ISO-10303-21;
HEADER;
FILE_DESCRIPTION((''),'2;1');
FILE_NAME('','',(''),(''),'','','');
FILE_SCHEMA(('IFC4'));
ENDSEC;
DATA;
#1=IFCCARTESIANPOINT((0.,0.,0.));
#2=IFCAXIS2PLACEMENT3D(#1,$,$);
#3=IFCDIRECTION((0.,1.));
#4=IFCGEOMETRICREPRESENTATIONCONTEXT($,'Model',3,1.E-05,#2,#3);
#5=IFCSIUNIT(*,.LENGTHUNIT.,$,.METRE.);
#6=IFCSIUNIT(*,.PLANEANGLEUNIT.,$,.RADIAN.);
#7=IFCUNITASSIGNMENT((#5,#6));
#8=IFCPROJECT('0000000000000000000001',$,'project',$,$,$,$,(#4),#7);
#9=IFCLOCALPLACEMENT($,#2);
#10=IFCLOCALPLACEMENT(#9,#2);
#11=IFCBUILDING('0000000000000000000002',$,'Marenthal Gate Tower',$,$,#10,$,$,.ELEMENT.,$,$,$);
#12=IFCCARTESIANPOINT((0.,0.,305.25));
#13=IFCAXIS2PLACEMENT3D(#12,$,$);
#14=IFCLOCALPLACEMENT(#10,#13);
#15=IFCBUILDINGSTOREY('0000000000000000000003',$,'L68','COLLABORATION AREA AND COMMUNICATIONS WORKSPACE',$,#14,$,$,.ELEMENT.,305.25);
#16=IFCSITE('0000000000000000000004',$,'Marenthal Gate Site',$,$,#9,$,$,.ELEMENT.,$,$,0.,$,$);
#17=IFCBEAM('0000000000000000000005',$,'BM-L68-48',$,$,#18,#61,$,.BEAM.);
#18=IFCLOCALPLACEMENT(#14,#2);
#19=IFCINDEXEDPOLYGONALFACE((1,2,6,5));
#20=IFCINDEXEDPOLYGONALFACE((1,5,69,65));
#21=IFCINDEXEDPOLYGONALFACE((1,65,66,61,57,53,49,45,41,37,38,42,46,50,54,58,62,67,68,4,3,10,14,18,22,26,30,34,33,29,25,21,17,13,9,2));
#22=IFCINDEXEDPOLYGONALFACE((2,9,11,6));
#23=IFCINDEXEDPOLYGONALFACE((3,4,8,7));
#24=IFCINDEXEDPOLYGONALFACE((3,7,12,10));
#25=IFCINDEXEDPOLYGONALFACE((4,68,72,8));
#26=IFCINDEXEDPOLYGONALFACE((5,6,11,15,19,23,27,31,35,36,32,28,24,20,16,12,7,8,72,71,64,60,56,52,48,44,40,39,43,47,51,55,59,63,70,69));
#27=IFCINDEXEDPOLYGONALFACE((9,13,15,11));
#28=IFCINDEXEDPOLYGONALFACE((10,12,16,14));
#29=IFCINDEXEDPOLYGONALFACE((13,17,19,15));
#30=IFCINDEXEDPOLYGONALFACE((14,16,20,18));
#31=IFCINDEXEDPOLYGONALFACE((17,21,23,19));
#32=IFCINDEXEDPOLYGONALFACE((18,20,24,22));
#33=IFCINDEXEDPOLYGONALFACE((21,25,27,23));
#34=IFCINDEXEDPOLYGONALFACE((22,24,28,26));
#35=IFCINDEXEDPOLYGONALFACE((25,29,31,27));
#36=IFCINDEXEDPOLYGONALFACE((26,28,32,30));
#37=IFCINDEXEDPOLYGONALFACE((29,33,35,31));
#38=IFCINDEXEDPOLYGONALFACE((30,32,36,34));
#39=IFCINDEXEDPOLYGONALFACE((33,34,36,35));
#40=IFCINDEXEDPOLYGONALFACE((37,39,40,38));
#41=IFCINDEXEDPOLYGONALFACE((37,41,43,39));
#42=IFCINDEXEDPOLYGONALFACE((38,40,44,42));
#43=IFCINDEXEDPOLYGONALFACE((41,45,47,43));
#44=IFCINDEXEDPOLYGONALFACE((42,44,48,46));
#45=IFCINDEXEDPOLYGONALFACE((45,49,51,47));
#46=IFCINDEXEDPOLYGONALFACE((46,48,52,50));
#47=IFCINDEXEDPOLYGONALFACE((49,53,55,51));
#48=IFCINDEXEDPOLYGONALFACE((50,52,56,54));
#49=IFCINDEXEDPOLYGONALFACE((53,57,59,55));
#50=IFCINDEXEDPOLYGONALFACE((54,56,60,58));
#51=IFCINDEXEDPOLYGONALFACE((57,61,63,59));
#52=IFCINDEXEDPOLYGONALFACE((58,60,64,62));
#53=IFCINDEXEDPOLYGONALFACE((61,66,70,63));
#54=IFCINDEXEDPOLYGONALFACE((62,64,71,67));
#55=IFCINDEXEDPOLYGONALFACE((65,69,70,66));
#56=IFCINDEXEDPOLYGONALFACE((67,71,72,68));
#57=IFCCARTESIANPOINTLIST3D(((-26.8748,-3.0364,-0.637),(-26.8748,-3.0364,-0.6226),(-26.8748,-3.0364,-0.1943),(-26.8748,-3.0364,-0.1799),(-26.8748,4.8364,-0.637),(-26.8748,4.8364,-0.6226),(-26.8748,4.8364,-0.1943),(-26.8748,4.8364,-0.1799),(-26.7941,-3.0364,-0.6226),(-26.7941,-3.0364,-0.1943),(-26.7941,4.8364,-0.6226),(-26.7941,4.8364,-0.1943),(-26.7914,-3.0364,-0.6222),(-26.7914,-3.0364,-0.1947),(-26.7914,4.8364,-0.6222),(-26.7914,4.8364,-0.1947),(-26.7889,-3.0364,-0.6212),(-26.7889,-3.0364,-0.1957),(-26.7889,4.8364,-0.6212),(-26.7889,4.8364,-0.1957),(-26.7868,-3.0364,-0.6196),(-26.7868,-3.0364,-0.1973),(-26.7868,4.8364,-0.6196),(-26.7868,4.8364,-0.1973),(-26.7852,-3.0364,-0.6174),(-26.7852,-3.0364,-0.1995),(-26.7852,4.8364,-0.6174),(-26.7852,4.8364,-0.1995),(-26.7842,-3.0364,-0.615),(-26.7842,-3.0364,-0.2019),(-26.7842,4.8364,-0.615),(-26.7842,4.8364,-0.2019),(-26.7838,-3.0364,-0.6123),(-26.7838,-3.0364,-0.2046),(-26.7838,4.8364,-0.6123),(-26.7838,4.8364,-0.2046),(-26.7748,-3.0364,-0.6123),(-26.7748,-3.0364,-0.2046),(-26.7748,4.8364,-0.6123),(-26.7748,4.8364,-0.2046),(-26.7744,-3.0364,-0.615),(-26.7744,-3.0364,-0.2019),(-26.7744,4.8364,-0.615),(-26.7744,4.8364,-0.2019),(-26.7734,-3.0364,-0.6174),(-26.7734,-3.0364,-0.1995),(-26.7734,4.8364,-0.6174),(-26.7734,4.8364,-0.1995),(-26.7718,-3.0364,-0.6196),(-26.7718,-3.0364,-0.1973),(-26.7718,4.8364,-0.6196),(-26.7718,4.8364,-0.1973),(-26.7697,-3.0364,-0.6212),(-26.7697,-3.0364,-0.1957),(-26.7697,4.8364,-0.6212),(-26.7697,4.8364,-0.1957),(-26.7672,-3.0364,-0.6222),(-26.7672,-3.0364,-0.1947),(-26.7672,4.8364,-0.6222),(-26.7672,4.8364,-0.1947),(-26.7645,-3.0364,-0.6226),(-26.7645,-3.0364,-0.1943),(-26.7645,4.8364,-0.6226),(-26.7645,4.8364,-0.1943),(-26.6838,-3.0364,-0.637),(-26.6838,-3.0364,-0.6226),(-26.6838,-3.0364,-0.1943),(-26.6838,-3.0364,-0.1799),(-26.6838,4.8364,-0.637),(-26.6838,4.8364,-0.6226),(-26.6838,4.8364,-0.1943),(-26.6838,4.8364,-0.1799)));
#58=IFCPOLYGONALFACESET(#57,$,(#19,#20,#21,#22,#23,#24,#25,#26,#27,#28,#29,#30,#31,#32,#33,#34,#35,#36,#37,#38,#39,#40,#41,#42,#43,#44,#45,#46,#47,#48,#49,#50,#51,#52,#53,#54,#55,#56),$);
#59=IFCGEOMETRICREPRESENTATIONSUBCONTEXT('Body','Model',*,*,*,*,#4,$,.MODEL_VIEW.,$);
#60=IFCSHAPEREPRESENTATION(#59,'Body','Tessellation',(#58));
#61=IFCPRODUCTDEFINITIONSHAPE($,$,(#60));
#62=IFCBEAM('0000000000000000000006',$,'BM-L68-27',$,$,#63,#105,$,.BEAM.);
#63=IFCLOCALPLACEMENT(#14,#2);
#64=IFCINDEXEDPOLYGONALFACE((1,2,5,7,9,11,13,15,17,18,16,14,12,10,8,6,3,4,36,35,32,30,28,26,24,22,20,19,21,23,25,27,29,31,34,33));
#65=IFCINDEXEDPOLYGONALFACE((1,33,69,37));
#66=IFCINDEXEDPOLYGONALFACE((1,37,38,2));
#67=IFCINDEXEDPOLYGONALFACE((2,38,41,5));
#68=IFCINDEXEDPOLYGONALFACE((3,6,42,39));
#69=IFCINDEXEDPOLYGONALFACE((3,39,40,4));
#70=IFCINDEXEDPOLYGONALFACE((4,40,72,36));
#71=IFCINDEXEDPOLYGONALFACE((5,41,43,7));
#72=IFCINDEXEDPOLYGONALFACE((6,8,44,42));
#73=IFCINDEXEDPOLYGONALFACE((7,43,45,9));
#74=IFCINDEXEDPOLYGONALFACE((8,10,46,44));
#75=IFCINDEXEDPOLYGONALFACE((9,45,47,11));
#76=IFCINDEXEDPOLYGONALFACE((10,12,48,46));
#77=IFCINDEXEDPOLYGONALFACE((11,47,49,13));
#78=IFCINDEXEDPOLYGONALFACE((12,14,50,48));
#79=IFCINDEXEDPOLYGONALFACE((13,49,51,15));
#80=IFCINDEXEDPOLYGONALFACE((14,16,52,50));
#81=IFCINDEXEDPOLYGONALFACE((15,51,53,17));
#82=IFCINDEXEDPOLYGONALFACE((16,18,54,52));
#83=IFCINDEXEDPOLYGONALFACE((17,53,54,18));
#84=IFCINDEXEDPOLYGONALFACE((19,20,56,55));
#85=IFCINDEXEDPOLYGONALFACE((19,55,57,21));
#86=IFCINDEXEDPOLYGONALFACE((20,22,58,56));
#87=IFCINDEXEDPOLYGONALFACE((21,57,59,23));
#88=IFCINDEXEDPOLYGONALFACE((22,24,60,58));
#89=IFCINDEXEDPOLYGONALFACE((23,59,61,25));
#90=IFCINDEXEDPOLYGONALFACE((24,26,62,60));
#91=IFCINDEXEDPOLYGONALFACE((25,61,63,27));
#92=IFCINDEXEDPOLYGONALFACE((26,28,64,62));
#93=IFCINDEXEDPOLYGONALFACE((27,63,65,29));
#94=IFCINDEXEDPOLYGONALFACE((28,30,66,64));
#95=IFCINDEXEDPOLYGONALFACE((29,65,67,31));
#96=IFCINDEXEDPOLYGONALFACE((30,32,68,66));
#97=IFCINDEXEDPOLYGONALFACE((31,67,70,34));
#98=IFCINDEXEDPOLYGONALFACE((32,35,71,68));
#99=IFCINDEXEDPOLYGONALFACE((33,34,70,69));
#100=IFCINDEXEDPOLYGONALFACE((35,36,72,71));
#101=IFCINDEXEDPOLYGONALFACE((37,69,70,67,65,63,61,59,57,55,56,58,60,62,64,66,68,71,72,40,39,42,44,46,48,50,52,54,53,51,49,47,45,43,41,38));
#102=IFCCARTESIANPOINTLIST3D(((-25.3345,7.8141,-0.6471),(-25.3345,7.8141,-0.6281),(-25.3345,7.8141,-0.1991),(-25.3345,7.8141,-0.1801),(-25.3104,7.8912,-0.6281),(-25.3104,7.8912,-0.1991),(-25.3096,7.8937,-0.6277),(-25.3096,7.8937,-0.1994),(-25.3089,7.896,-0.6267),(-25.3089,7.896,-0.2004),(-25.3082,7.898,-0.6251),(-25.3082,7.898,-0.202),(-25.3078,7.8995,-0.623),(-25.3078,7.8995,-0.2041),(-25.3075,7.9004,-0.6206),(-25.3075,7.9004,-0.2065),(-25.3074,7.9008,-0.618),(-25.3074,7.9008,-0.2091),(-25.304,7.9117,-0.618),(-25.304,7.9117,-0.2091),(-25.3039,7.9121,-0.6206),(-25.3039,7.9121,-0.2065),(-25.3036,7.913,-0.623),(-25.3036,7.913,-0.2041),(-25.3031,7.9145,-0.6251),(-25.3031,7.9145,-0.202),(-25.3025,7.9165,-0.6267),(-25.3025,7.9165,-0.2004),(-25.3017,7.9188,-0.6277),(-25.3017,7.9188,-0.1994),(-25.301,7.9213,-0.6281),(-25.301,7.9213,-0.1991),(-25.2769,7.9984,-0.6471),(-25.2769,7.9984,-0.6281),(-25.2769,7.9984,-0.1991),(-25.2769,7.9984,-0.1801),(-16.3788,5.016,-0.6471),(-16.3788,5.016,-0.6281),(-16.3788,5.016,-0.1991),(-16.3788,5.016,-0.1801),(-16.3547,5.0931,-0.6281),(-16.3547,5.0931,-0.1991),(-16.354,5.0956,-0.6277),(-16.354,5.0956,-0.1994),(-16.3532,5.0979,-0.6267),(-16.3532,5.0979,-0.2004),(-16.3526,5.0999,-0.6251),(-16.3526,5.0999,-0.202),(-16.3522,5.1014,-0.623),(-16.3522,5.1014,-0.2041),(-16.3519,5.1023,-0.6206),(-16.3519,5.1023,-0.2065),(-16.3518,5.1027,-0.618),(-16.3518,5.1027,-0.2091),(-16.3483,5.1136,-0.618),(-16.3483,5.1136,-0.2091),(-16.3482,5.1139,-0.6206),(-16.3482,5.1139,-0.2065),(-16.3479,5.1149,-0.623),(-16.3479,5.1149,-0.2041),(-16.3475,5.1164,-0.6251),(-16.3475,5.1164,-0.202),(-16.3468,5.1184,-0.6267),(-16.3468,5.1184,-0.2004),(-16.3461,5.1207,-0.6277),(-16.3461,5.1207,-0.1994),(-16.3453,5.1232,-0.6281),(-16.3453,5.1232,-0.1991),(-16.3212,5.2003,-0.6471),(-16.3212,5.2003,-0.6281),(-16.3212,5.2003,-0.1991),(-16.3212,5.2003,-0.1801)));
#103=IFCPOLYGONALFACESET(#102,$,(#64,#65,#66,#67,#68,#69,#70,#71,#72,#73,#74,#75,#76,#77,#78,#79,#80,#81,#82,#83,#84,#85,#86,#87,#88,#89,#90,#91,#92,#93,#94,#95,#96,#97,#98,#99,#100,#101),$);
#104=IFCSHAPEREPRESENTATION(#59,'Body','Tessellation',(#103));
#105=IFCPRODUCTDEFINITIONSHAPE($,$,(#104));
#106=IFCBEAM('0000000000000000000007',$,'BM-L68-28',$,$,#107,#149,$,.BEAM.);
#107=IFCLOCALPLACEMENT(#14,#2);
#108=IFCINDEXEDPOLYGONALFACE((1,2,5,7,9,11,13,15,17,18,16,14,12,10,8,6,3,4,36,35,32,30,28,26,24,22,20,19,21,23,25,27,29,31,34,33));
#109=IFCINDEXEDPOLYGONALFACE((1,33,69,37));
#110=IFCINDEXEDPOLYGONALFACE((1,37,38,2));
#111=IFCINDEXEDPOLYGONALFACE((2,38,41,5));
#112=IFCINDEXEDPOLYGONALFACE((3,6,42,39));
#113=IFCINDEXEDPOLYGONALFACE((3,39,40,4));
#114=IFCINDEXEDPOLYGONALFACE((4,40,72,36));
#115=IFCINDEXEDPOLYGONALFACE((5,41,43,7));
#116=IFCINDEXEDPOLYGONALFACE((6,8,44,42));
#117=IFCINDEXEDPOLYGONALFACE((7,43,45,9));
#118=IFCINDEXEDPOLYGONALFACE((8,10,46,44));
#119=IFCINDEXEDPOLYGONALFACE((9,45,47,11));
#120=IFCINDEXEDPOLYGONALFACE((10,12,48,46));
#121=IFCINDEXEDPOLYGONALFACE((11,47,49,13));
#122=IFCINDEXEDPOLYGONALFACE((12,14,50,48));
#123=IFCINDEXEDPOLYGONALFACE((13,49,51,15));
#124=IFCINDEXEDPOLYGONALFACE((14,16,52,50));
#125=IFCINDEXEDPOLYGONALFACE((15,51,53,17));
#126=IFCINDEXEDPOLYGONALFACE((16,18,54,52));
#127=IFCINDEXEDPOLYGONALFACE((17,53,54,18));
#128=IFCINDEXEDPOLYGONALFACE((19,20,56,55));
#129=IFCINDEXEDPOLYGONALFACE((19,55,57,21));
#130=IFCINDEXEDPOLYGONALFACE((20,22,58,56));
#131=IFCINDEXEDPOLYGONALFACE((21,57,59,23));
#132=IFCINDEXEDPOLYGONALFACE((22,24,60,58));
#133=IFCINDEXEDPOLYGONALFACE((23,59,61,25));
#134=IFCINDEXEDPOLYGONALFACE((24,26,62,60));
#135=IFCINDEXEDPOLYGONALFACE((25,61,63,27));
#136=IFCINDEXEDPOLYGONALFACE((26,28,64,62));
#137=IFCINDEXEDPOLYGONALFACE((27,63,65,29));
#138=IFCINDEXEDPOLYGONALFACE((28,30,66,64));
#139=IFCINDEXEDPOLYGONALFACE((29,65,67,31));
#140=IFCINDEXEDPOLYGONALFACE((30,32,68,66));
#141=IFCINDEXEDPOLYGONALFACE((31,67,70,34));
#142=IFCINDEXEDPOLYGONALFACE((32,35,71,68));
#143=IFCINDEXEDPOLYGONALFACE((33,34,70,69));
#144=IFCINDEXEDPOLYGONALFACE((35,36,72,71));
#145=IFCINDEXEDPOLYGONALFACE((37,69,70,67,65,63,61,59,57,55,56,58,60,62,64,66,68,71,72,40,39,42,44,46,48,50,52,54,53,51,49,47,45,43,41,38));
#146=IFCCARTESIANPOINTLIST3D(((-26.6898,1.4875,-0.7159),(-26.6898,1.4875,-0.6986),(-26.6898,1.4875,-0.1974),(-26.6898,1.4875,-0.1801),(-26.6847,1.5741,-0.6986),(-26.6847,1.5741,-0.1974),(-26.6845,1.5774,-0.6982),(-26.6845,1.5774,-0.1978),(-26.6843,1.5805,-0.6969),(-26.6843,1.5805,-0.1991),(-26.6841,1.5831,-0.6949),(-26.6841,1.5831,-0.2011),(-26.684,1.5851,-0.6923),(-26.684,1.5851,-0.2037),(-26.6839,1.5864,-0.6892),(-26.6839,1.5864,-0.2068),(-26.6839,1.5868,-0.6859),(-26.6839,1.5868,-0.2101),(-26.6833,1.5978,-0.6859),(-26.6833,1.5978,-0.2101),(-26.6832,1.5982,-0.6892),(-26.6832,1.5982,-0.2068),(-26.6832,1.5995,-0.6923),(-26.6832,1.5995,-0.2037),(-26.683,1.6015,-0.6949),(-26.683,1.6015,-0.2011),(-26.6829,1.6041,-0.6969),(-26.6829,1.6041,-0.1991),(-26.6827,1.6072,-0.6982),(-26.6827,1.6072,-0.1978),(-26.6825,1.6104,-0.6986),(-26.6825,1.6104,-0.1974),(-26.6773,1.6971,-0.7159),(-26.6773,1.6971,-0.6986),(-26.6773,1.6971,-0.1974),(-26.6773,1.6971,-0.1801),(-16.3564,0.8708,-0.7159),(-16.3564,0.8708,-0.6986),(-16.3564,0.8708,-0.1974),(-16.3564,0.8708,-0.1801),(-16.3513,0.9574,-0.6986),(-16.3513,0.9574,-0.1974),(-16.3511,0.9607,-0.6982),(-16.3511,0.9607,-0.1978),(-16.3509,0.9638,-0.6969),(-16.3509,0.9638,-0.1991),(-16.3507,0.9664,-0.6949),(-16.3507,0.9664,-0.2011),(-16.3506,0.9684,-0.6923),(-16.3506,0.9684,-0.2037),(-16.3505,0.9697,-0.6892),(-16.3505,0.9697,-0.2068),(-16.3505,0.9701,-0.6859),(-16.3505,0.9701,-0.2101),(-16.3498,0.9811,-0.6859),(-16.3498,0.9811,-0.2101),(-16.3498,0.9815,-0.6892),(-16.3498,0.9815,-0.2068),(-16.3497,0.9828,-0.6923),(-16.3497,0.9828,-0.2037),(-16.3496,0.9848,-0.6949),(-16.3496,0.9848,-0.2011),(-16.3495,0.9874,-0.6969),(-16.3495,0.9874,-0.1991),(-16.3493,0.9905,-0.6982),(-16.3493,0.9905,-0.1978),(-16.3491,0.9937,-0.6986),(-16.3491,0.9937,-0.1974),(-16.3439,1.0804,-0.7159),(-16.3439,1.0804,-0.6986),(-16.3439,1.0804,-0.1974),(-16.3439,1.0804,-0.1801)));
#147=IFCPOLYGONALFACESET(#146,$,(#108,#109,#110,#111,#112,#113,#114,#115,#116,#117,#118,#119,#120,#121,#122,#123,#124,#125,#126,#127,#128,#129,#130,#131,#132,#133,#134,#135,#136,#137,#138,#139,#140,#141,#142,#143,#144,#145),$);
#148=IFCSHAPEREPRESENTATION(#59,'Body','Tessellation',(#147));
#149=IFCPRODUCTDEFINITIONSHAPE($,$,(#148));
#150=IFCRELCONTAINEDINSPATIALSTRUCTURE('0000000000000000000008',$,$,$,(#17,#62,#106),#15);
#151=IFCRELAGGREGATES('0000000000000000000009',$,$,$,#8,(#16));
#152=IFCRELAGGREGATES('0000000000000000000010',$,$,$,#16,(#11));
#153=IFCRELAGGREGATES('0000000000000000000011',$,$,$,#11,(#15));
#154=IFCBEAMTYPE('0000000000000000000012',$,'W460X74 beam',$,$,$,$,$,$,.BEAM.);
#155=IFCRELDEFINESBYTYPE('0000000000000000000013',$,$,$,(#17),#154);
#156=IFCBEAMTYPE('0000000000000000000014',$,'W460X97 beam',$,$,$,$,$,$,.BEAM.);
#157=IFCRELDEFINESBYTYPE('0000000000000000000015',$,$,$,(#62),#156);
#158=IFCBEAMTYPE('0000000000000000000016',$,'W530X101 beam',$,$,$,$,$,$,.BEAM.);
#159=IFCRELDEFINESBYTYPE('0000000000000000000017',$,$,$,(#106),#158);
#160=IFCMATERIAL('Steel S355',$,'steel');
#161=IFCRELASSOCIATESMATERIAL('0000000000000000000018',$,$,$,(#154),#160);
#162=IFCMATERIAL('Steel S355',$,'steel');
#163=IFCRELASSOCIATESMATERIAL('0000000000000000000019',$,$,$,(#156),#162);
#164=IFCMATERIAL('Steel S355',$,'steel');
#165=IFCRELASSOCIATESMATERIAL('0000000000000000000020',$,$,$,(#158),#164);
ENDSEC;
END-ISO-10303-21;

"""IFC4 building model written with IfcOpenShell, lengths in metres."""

from ifc_helpers import new_model, si_unit, direction, frame, origin, origin_2d, place, context, subcontext, project, spatial, i_section, extrude, material, material_profile, profile_set, type_object, element, save


model = new_model("IFC4")

# Units and contexts
model_context = context("Model", 3, precision=1e-05, world=origin(), true_north=direction((0.0, 1.0)))
body_context = subcontext(model_context, "Body", "Model", "MODEL_VIEW")
ifc_project = project(units=[si_unit("LENGTHUNIT", "METRE"), si_unit("PLANEANGLEUNIT", "RADIAN")], contexts=[model_context])

# Site, building, storey
site_placement = place(None, origin())
site = spatial("IfcSite", under=ifc_project, at=site_placement, Name="Marenthal Gate Site", CompositionType="ELEMENT", RefElevation=0.0)
building_placement = place(site_placement, origin())
building = spatial("IfcBuilding", under=site, at=building_placement, Name="Marenthal Gate Tower", CompositionType="ELEMENT")
storey_placement = place(building_placement, frame((0.0, 0.0, 305.25)))
storey = spatial("IfcBuildingStorey", under=building, at=storey_placement, Name="L68", Description="COLLABORATION AREA AND COMMUNICATIONS WORKSPACE", CompositionType="ELEMENT", Elevation=305.25)

# Beams
ifc_material_1 = material(Name="Steel S355", Category="steel")
ifc_material_profile_1 = material_profile(ifc_material_1, i_section(OverallWidth=0.1909, OverallDepth=0.457, WebThickness=0.009, FlangeThickness=0.0144, FilletRadius=0.0103, at=origin_2d()), Name="W460X74")
ifc_profile_set_1 = profile_set([ifc_material_profile_1], Name="Steel S355")
beam_type_1 = type_object("IfcBeamType", Name="W460X74 beam", PredefinedType="BEAM", material=ifc_profile_set_1)
beam_1_placement = place(storey_placement, frame((-26.7793, 4.8364, -0.4084), z_axis=(0.0, -1.0, 0.0), x_axis=(1.0, 0.0, 0.0)))
element("IfcBeam", 1, at=beam_1_placement, inside=storey, type_object=beam_type_1, Name="BM-L68-48", PredefinedType="BEAM", context=body_context, shape_type="SweptSolid", body=[
    extrude(i_section(OverallWidth=0.1909, OverallDepth=0.457, WebThickness=0.009, FlangeThickness=0.0144, FilletRadius=0.0103, at=origin_2d()), origin(), (0.0, 0.0, 1.0), 7.8728),
])
ifc_material_2 = material(Name="Steel S355", Category="steel")
ifc_material_profile_2 = material_profile(ifc_material_2, i_section(OverallWidth=0.1931, OverallDepth=0.467, WebThickness=0.0115, FlangeThickness=0.019, FilletRadius=0.01, at=origin_2d()), Name="W460X97")
ifc_profile_set_2 = profile_set([ifc_material_profile_2], Name="Steel S355")
beam_type_2 = type_object("IfcBeamType", Name="W460X97 beam", PredefinedType="BEAM", material=ifc_profile_set_2)
beam_2_placement = place(storey_placement, frame((-25.3057, 7.9062, -0.4136), z_axis=(0.954496, -0.298225, 0.0), x_axis=(0.298225, 0.954496, 0.0)))
element("IfcBeam", 2, at=beam_2_placement, inside=storey, type_object=beam_type_2, Name="BM-L68-27", PredefinedType="BEAM", context=body_context, shape_type="SweptSolid", body=[
    extrude(i_section(OverallWidth=0.1931, OverallDepth=0.467, WebThickness=0.0115, FlangeThickness=0.019, FilletRadius=0.01, at=origin_2d()), origin(), (0.0, 0.0, 1.0), 9.3826),
])
ifc_material_3 = material(Name="Steel S355", Category="steel")
ifc_material_profile_3 = material_profile(ifc_material_3, i_section(OverallWidth=0.21, OverallDepth=0.5359, WebThickness=0.011, FlangeThickness=0.0173, FilletRadius=0.0127, at=origin_2d()), Name="W530X101")
ifc_profile_set_3 = profile_set([ifc_material_profile_3], Name="Steel S355")
beam_type_3 = type_object("IfcBeamType", Name="W530X101 beam", PredefinedType="BEAM", material=ifc_profile_set_3)
beam_3_placement = place(storey_placement, frame((-26.6836, 1.5923, -0.448), z_axis=(0.998224, -0.059574, 0.0), x_axis=(0.059574, 0.998224, 0.0)))
element("IfcBeam", 3, at=beam_3_placement, inside=storey, type_object=beam_type_3, Name="BM-L68-28", PredefinedType="BEAM", context=body_context, shape_type="SweptSolid", body=[
    extrude(i_section(OverallWidth=0.21, OverallDepth=0.5359, WebThickness=0.011, FlangeThickness=0.0173, FilletRadius=0.0127, at=origin_2d()), origin(), (0.0, 0.0, 1.0), 10.3518),
])

save(model, "model.ifc")
